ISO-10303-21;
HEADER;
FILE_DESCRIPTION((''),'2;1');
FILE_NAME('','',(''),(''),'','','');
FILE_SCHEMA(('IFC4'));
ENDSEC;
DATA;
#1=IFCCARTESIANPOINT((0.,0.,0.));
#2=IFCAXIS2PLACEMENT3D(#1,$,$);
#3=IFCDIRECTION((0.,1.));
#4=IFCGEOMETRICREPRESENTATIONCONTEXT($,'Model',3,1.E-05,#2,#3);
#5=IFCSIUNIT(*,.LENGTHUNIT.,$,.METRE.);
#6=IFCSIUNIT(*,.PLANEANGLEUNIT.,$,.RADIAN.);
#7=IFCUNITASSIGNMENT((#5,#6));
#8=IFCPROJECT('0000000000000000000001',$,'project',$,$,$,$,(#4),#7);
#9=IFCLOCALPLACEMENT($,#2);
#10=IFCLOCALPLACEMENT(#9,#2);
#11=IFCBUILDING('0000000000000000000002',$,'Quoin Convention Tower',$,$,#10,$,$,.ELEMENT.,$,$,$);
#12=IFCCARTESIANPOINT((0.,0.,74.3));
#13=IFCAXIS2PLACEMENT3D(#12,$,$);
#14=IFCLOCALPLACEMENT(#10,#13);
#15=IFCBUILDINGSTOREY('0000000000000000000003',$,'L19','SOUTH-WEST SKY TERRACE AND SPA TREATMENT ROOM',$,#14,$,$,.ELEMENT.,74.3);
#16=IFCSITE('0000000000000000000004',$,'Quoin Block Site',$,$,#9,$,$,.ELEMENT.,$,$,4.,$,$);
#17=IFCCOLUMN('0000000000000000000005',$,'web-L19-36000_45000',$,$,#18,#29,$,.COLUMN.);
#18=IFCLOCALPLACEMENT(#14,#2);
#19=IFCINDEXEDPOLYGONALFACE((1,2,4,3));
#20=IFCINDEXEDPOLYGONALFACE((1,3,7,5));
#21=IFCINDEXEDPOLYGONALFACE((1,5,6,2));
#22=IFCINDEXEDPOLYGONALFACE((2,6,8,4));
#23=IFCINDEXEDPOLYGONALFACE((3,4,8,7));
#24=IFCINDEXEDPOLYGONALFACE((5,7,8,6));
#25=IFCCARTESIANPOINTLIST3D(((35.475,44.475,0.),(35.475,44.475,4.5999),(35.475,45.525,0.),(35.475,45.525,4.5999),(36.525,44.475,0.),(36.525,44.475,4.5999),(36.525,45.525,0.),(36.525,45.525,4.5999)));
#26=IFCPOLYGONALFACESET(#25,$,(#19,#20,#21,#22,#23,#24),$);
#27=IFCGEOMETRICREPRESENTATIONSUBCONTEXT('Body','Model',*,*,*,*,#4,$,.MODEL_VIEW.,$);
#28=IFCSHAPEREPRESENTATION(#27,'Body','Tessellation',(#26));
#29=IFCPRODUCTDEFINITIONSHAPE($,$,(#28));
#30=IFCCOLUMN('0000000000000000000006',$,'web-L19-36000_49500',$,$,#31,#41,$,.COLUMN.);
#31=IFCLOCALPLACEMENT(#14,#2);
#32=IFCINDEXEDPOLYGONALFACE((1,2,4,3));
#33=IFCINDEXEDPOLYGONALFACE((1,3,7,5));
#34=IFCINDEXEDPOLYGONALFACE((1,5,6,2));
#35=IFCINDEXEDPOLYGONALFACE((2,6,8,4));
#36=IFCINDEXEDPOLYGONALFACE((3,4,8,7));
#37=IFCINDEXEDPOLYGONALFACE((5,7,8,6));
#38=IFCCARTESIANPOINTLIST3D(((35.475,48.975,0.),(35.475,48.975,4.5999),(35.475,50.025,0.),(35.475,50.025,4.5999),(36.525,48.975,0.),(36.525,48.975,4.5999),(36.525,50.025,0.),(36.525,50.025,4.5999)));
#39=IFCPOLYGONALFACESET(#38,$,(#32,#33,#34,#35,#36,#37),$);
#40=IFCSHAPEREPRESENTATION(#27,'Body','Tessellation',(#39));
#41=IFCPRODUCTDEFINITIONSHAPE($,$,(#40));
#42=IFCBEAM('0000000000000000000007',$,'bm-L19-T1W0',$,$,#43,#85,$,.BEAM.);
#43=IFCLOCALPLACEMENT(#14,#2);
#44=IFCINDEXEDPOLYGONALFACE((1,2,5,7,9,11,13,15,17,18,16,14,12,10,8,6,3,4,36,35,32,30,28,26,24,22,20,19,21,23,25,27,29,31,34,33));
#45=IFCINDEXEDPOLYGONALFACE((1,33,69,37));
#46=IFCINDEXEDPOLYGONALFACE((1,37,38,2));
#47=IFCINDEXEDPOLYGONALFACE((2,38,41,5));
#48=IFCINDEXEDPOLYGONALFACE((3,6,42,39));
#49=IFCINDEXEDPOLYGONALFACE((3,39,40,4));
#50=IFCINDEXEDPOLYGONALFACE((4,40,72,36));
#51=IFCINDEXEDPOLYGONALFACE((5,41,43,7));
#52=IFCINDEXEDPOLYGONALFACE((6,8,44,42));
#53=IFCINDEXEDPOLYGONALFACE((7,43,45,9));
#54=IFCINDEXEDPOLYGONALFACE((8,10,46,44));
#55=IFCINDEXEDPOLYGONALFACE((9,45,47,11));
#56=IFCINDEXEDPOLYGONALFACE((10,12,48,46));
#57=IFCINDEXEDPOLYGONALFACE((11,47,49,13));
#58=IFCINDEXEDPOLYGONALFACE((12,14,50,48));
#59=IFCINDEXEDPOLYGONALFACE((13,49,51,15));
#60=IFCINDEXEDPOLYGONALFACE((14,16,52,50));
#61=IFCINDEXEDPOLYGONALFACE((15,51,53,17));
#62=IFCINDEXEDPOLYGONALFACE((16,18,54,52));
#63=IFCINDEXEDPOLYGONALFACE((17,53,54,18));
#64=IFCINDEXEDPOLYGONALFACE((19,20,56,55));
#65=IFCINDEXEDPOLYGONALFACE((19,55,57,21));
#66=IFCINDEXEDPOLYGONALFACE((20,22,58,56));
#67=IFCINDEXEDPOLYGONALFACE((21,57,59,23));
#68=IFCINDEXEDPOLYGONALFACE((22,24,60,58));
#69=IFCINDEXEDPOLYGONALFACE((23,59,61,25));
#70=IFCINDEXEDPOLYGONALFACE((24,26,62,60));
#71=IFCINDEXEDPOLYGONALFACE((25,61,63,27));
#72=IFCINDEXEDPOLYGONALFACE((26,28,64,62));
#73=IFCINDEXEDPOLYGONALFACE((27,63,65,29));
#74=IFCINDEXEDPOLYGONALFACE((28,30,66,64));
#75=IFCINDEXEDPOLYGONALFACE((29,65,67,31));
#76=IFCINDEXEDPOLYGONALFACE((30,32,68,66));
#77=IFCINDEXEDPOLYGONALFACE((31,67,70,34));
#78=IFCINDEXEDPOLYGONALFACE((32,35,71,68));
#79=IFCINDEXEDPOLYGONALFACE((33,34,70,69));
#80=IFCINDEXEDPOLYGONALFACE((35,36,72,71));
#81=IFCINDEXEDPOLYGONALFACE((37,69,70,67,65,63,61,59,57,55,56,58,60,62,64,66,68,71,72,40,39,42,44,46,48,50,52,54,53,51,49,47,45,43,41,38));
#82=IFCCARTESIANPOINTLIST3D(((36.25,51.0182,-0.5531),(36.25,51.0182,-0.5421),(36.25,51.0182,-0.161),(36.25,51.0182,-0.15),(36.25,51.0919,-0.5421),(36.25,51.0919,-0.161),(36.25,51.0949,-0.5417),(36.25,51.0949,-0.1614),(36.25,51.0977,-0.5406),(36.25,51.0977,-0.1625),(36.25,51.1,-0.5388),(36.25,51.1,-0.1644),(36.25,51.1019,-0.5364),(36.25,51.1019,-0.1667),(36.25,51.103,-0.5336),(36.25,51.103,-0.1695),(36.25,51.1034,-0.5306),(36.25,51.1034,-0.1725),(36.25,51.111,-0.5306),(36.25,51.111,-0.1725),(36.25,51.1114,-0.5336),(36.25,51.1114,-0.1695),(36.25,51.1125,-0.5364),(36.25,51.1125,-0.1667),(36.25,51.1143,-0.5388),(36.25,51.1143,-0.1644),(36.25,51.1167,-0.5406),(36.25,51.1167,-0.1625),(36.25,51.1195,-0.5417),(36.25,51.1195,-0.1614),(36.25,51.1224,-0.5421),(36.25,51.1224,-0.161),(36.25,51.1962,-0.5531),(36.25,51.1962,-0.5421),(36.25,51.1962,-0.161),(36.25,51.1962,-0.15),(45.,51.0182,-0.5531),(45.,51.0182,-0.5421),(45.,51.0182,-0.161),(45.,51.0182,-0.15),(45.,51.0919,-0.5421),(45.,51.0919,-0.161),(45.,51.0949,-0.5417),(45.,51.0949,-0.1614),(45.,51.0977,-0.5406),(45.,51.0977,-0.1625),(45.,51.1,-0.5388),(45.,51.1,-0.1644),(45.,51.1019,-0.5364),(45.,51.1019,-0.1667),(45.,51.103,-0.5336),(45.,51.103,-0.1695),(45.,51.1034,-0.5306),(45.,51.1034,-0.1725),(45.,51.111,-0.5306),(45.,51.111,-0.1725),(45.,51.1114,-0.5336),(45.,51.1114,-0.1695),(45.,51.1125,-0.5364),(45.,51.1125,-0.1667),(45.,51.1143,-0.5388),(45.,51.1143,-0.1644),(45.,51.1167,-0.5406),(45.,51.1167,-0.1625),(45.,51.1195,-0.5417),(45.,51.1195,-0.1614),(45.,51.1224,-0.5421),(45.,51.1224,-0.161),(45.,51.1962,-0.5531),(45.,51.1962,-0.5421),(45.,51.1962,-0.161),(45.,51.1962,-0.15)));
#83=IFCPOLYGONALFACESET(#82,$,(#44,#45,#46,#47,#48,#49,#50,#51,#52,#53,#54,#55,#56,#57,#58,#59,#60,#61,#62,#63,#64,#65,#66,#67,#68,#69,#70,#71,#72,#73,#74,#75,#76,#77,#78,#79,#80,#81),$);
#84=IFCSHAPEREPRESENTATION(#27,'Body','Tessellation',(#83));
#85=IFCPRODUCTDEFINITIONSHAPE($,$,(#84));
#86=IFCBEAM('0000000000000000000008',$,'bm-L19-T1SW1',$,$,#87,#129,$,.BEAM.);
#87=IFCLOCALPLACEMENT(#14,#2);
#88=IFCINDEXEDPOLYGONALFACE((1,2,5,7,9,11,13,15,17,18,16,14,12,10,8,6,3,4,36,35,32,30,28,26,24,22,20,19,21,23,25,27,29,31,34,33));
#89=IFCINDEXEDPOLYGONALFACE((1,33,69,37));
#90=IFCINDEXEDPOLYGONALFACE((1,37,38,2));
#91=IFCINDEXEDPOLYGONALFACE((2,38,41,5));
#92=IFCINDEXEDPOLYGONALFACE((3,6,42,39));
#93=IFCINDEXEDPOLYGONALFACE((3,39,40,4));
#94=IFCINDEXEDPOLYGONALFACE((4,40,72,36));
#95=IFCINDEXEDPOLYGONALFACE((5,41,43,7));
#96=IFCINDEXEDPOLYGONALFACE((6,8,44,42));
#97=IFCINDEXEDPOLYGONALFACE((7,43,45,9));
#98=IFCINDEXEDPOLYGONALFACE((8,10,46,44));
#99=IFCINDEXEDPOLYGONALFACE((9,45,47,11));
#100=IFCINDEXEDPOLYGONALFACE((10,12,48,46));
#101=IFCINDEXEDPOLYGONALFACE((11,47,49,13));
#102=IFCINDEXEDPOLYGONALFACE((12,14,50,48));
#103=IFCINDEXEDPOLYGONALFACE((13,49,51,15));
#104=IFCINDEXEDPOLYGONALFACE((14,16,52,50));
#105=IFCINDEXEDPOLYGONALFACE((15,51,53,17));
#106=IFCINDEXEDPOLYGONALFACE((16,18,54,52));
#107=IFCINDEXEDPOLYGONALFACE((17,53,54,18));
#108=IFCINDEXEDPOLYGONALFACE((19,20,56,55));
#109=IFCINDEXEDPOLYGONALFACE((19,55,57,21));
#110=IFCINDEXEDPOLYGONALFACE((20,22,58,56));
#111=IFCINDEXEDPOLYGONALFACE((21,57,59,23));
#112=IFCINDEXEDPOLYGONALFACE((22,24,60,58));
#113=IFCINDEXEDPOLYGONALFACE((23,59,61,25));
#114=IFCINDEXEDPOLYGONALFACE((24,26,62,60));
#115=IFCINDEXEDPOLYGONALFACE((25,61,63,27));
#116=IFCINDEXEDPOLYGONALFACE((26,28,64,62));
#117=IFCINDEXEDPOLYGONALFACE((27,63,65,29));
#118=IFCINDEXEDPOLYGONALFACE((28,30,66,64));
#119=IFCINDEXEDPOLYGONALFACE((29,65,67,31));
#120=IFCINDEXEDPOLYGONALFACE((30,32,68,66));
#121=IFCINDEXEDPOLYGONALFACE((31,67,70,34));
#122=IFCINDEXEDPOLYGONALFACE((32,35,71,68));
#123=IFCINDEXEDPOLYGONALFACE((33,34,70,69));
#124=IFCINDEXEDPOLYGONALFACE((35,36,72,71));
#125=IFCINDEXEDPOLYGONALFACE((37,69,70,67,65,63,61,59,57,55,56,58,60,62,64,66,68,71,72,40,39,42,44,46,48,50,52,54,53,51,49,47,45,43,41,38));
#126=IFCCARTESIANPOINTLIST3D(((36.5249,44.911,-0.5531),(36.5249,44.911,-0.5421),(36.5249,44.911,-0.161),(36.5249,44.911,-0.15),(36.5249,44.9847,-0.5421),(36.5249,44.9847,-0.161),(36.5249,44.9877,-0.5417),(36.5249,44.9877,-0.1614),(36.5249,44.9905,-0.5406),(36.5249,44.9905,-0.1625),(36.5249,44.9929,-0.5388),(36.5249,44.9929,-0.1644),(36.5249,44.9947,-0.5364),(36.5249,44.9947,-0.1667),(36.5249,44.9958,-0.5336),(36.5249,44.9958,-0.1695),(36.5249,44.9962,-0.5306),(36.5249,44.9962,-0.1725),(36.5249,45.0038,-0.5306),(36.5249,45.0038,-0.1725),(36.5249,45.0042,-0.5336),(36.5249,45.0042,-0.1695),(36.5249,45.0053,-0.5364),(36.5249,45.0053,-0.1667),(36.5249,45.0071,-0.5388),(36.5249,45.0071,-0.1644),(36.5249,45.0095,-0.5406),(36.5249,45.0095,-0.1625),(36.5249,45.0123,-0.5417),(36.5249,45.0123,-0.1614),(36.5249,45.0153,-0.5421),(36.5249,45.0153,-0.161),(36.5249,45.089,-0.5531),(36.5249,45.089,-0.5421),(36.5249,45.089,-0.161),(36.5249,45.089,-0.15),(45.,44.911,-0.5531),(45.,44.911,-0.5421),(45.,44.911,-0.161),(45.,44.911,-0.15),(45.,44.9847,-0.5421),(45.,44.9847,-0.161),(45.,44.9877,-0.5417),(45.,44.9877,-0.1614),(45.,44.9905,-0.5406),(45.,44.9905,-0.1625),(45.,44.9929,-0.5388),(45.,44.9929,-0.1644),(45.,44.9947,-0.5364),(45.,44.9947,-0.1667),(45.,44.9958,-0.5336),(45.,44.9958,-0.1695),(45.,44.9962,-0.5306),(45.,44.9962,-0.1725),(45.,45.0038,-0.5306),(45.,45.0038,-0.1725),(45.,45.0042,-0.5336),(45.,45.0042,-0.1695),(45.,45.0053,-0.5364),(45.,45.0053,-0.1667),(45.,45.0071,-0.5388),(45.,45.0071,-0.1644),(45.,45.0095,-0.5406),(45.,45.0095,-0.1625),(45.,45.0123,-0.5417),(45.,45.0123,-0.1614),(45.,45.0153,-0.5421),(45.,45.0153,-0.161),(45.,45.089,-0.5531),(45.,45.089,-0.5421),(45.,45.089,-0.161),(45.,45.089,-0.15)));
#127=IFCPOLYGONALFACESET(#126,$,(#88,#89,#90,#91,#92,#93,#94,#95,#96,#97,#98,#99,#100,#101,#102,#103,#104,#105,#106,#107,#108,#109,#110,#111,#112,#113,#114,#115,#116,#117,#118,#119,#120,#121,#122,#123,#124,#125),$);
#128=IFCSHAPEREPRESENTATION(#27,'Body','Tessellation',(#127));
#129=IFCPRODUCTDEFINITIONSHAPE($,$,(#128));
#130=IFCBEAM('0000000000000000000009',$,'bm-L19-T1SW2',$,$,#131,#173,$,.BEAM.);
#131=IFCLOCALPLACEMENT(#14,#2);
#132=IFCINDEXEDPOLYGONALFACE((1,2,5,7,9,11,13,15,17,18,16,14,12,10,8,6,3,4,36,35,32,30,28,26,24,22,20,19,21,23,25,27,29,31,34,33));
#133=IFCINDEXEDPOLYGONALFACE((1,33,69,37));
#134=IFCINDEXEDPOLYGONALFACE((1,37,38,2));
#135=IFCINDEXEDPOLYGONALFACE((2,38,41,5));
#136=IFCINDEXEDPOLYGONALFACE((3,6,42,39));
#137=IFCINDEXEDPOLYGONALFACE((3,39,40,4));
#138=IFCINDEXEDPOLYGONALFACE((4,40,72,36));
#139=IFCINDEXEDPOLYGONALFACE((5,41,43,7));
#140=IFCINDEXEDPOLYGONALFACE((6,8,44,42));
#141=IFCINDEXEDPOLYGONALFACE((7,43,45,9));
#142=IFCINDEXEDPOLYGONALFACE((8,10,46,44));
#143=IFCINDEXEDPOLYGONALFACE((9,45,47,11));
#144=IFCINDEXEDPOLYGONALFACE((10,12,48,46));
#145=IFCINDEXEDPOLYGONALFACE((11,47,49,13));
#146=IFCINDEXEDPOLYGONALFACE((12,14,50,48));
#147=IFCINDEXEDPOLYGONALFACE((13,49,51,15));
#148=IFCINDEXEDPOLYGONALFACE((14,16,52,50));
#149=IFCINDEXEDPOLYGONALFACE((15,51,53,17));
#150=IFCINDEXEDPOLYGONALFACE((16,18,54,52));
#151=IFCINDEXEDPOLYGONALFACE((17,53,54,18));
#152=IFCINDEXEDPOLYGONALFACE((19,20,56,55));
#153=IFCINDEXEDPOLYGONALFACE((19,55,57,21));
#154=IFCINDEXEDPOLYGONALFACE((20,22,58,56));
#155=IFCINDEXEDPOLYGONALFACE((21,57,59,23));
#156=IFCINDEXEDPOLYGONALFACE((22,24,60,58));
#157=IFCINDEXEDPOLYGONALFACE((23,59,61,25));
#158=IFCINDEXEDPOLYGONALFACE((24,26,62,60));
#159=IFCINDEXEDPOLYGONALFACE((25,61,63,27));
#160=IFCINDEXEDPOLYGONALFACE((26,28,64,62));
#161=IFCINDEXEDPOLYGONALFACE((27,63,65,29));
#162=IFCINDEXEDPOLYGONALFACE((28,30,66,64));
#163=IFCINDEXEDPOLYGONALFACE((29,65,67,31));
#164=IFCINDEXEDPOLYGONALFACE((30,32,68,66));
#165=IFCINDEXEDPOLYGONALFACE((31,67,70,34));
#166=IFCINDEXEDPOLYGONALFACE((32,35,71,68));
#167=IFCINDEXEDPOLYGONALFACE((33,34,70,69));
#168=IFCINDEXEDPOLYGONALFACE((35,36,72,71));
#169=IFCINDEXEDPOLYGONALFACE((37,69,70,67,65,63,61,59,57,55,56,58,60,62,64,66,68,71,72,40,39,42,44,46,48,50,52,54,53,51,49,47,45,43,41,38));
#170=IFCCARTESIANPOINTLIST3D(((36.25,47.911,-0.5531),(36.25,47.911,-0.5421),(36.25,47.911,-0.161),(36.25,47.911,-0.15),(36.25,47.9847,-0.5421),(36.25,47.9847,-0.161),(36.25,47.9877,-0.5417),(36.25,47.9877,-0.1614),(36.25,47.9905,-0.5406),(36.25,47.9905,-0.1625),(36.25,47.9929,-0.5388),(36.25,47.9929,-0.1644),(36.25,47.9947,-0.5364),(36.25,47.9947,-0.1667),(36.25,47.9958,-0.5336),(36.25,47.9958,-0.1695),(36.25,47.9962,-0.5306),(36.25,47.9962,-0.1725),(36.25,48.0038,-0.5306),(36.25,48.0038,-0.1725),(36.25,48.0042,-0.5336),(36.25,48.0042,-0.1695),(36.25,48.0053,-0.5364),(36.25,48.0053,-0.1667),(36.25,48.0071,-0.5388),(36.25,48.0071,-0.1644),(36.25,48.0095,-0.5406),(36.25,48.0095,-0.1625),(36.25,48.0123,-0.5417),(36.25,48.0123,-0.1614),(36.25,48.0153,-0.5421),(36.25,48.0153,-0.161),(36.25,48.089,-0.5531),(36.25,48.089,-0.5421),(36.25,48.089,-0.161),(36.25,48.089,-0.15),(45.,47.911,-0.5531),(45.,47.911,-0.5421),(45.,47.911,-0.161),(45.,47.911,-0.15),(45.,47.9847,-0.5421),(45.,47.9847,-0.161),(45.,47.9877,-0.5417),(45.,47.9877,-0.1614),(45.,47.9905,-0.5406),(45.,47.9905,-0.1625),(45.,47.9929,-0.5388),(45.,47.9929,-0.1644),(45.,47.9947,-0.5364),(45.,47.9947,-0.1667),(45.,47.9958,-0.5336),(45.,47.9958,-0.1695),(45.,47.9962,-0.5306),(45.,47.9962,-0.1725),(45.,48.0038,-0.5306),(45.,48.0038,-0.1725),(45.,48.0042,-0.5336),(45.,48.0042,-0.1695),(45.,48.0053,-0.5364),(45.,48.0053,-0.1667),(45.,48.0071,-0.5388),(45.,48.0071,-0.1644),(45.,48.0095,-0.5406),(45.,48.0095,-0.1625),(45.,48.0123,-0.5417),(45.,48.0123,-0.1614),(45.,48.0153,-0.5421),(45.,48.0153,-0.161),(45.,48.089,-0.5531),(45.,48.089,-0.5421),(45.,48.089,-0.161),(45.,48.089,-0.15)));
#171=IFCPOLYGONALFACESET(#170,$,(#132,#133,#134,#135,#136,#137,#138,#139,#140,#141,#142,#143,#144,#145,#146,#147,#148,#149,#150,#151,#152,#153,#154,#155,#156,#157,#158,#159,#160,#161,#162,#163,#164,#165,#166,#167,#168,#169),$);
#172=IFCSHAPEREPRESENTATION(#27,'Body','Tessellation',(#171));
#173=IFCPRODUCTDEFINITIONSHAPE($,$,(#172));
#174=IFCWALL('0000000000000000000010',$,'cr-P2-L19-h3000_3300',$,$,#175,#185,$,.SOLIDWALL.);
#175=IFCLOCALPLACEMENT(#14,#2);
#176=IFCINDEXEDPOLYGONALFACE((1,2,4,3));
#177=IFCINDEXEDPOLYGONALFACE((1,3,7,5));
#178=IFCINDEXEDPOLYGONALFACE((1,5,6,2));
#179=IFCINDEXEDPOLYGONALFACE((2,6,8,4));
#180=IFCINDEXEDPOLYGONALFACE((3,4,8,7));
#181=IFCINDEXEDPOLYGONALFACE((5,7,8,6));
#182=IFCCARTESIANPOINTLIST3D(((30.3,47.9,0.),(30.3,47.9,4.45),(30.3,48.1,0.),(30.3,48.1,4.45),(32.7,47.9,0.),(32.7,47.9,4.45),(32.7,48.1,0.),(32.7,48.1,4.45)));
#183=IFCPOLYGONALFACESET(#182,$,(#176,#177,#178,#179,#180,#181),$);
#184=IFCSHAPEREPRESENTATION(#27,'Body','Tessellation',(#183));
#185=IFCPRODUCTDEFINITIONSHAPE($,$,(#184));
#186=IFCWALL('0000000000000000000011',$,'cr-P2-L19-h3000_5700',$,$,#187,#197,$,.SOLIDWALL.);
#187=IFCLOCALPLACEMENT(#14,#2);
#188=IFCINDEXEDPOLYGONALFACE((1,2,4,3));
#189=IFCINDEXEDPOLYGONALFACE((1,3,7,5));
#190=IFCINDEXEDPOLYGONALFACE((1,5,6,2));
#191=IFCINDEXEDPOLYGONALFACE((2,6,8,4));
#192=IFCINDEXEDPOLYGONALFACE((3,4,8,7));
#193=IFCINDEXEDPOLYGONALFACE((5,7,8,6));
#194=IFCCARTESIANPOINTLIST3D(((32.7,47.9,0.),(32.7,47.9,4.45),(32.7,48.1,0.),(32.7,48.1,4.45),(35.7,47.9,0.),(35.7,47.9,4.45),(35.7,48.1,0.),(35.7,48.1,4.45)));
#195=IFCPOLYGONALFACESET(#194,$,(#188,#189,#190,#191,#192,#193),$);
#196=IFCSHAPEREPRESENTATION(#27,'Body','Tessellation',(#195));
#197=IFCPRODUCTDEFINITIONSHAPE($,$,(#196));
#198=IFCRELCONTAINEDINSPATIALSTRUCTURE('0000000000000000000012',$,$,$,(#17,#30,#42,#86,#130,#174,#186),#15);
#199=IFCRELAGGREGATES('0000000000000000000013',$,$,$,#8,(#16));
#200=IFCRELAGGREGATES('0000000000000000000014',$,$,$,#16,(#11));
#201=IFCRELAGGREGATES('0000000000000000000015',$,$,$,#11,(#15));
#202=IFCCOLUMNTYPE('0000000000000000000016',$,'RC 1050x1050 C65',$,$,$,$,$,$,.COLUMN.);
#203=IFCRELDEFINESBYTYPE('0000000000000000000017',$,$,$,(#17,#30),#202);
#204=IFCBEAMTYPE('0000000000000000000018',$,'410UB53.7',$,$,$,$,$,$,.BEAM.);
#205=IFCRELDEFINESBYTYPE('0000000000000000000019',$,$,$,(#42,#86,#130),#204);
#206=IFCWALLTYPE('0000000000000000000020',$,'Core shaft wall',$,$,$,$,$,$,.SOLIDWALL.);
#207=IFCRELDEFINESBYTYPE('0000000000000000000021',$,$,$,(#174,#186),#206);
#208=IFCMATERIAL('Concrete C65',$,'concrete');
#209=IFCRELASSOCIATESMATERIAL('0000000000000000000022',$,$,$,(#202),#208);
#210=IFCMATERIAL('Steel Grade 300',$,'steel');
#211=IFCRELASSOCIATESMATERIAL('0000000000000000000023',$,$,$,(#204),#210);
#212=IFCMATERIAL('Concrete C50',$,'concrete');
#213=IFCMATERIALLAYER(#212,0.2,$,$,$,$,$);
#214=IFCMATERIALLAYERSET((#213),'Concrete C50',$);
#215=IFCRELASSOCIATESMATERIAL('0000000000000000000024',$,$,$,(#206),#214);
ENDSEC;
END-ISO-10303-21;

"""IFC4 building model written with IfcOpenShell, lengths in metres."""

from ifc_helpers import new_model, si_unit, direction, frame, frame_2d, origin, origin_2d, place, context, subcontext, project, spatial, rectangle, i_section, extrude, material, layer, layer_set, material_profile, profile_set, type_object, element, save


model = new_model("IFC4")

# Units and contexts
model_context = context("Model", 3, precision=1e-05, world=origin(), true_north=direction((0.0, 1.0)))
body_context = subcontext(model_context, "Body", "Model", "MODEL_VIEW")
ifc_project = project(units=[si_unit("LENGTHUNIT", "METRE"), si_unit("PLANEANGLEUNIT", "RADIAN")], contexts=[model_context])

# Site, building, storey
site_placement = place(None, origin())
site = spatial("IfcSite", under=ifc_project, at=site_placement, Name="Quoin Block Site", CompositionType="ELEMENT", RefElevation=4.0)
building_placement = place(site_placement, origin())
building = spatial("IfcBuilding", under=site, at=building_placement, Name="Quoin Convention Tower", CompositionType="ELEMENT")
storey_placement = place(building_placement, frame((0.0, 0.0, 74.3)))
storey = spatial("IfcBuildingStorey", under=building, at=storey_placement, Name="L19", Description="SOUTH-WEST SKY TERRACE AND SPA TREATMENT ROOM", CompositionType="ELEMENT", Elevation=74.3)

# Columns
ifc_material_1 = material(Name="Concrete C65", Category="concrete")
ifc_material_profile_1 = material_profile(ifc_material_1, rectangle(XDim=1.05, YDim=1.05, at=origin_2d()), Name="RC 1050x1050")
ifc_profile_set_1 = profile_set([ifc_material_profile_1], Name="Concrete C65")
column_type = type_object("IfcColumnType", Name="RC 1050x1050 C65", PredefinedType="COLUMN", material=ifc_profile_set_1)
for number, where, z_axis, x_axis, name in (
    (1, (36.0, 45.0, 0.0), (0.0, 0.0, 1.0), (1.0, 0.0, 0.0), "web-L19-36000_45000"),
    (2, (36.0, 49.5, 0.0), (0.0, 0.0, 1.0), (1.0, 0.0, 0.0), "web-L19-36000_49500"),
):
    element("IfcColumn", number, at=place(storey_placement, frame(where, z_axis=z_axis, x_axis=x_axis)), inside=storey, type_object=column_type, Name=name, PredefinedType="COLUMN", context=body_context, shape_type="SweptSolid", body=[
        extrude(rectangle(XDim=1.05, YDim=1.05, at=origin_2d()), origin(), (0.0, 0.0, 1.0), 4.5999),
    ])

# Beams
ifc_material_2 = material(Name="Steel Grade 300", Category="steel")
ifc_material_profile_2 = material_profile(ifc_material_2, i_section(OverallWidth=0.178, OverallDepth=0.4031, WebThickness=0.0076, FlangeThickness=0.011, FilletRadius=0.0115, at=origin_2d()), Name="410UB53.7")
ifc_profile_set_2 = profile_set([ifc_material_profile_2], Name="Steel Grade 300")
beam_type = type_object("IfcBeamType", Name="410UB53.7", PredefinedType="BEAM", material=ifc_profile_set_2)
beam_1_placement = place(storey_placement, frame((36.25, 51.1072, -0.3516), z_axis=(1.0, 0.0, 0.0), x_axis=(0.0, 1.0, 0.0)))
element("IfcBeam", 3, at=beam_1_placement, inside=storey, type_object=beam_type, Name="bm-L19-T1W0", PredefinedType="BEAM", context=body_context, shape_type="SweptSolid", body=[
    extrude(i_section(OverallWidth=0.178, OverallDepth=0.4031, WebThickness=0.0076, FlangeThickness=0.011, FilletRadius=0.0115, at=origin_2d()), origin(), (0.0, 0.0, 1.0), 8.75),
])
beam_2_placement = place(storey_placement, frame((36.5249, 45.0, -0.3516), z_axis=(1.0, 0.0, 0.0), x_axis=(0.0, 1.0, 0.0)))
element("IfcBeam", 4, at=beam_2_placement, inside=storey, type_object=beam_type, Name="bm-L19-T1SW1", PredefinedType="BEAM", context=body_context, shape_type="SweptSolid", body=[
    extrude(i_section(OverallWidth=0.178, OverallDepth=0.4031, WebThickness=0.0076, FlangeThickness=0.011, FilletRadius=0.0115, at=origin_2d()), origin(), (0.0, 0.0, 1.0), 8.4751),
])
beam_3_placement = place(storey_placement, frame((36.25, 48.0, -0.3516), z_axis=(1.0, 0.0, 0.0), x_axis=(0.0, 1.0, 0.0)))
element("IfcBeam", 5, at=beam_3_placement, inside=storey, type_object=beam_type, Name="bm-L19-T1SW2", PredefinedType="BEAM", context=body_context, shape_type="SweptSolid", body=[
    extrude(i_section(OverallWidth=0.178, OverallDepth=0.4031, WebThickness=0.0076, FlangeThickness=0.011, FilletRadius=0.0115, at=origin_2d()), origin(), (0.0, 0.0, 1.0), 8.75),
])

# Walls
ifc_material_3 = material(Name="Concrete C50", Category="concrete")
ifc_layer_1 = layer(ifc_material_3, 0.2)
ifc_layer_set_1 = layer_set([ifc_layer_1], Name="Concrete C50")
wall_type_1 = type_object("IfcWallType", Name="Core shaft wall", PredefinedType="SOLIDWALL", material=ifc_layer_set_1)
wall_1_placement = place(storey_placement, frame((30.3, 48.0, 0.0), z_axis=(0.0, 0.0, 1.0), x_axis=(1.0, 0.0, 0.0)))
element("IfcWall", 6, at=wall_1_placement, inside=storey, type_object=wall_type_1, Name="cr-P2-L19-h3000_3300", PredefinedType="SOLIDWALL", context=body_context, shape_type="SweptSolid", body=[
    extrude(rectangle(XDim=2.3999, YDim=0.2, at=frame_2d((1.2, 0.0))), origin(), (0.0, 0.0, 1.0), 4.45),
])
wall_2_placement = place(storey_placement, frame((32.7, 48.0, 0.0), z_axis=(0.0, 0.0, 1.0), x_axis=(1.0, 0.0, 0.0)))
element("IfcWall", 7, at=wall_2_placement, inside=storey, type_object=wall_type_1, Name="cr-P2-L19-h3000_5700", PredefinedType="SOLIDWALL", context=body_context, shape_type="SweptSolid", body=[
    extrude(rectangle(XDim=3.0, YDim=0.2, at=frame_2d((1.5, 0.0))), origin(), (0.0, 0.0, 1.0), 4.45),
])

save(model, "model.ifc")
